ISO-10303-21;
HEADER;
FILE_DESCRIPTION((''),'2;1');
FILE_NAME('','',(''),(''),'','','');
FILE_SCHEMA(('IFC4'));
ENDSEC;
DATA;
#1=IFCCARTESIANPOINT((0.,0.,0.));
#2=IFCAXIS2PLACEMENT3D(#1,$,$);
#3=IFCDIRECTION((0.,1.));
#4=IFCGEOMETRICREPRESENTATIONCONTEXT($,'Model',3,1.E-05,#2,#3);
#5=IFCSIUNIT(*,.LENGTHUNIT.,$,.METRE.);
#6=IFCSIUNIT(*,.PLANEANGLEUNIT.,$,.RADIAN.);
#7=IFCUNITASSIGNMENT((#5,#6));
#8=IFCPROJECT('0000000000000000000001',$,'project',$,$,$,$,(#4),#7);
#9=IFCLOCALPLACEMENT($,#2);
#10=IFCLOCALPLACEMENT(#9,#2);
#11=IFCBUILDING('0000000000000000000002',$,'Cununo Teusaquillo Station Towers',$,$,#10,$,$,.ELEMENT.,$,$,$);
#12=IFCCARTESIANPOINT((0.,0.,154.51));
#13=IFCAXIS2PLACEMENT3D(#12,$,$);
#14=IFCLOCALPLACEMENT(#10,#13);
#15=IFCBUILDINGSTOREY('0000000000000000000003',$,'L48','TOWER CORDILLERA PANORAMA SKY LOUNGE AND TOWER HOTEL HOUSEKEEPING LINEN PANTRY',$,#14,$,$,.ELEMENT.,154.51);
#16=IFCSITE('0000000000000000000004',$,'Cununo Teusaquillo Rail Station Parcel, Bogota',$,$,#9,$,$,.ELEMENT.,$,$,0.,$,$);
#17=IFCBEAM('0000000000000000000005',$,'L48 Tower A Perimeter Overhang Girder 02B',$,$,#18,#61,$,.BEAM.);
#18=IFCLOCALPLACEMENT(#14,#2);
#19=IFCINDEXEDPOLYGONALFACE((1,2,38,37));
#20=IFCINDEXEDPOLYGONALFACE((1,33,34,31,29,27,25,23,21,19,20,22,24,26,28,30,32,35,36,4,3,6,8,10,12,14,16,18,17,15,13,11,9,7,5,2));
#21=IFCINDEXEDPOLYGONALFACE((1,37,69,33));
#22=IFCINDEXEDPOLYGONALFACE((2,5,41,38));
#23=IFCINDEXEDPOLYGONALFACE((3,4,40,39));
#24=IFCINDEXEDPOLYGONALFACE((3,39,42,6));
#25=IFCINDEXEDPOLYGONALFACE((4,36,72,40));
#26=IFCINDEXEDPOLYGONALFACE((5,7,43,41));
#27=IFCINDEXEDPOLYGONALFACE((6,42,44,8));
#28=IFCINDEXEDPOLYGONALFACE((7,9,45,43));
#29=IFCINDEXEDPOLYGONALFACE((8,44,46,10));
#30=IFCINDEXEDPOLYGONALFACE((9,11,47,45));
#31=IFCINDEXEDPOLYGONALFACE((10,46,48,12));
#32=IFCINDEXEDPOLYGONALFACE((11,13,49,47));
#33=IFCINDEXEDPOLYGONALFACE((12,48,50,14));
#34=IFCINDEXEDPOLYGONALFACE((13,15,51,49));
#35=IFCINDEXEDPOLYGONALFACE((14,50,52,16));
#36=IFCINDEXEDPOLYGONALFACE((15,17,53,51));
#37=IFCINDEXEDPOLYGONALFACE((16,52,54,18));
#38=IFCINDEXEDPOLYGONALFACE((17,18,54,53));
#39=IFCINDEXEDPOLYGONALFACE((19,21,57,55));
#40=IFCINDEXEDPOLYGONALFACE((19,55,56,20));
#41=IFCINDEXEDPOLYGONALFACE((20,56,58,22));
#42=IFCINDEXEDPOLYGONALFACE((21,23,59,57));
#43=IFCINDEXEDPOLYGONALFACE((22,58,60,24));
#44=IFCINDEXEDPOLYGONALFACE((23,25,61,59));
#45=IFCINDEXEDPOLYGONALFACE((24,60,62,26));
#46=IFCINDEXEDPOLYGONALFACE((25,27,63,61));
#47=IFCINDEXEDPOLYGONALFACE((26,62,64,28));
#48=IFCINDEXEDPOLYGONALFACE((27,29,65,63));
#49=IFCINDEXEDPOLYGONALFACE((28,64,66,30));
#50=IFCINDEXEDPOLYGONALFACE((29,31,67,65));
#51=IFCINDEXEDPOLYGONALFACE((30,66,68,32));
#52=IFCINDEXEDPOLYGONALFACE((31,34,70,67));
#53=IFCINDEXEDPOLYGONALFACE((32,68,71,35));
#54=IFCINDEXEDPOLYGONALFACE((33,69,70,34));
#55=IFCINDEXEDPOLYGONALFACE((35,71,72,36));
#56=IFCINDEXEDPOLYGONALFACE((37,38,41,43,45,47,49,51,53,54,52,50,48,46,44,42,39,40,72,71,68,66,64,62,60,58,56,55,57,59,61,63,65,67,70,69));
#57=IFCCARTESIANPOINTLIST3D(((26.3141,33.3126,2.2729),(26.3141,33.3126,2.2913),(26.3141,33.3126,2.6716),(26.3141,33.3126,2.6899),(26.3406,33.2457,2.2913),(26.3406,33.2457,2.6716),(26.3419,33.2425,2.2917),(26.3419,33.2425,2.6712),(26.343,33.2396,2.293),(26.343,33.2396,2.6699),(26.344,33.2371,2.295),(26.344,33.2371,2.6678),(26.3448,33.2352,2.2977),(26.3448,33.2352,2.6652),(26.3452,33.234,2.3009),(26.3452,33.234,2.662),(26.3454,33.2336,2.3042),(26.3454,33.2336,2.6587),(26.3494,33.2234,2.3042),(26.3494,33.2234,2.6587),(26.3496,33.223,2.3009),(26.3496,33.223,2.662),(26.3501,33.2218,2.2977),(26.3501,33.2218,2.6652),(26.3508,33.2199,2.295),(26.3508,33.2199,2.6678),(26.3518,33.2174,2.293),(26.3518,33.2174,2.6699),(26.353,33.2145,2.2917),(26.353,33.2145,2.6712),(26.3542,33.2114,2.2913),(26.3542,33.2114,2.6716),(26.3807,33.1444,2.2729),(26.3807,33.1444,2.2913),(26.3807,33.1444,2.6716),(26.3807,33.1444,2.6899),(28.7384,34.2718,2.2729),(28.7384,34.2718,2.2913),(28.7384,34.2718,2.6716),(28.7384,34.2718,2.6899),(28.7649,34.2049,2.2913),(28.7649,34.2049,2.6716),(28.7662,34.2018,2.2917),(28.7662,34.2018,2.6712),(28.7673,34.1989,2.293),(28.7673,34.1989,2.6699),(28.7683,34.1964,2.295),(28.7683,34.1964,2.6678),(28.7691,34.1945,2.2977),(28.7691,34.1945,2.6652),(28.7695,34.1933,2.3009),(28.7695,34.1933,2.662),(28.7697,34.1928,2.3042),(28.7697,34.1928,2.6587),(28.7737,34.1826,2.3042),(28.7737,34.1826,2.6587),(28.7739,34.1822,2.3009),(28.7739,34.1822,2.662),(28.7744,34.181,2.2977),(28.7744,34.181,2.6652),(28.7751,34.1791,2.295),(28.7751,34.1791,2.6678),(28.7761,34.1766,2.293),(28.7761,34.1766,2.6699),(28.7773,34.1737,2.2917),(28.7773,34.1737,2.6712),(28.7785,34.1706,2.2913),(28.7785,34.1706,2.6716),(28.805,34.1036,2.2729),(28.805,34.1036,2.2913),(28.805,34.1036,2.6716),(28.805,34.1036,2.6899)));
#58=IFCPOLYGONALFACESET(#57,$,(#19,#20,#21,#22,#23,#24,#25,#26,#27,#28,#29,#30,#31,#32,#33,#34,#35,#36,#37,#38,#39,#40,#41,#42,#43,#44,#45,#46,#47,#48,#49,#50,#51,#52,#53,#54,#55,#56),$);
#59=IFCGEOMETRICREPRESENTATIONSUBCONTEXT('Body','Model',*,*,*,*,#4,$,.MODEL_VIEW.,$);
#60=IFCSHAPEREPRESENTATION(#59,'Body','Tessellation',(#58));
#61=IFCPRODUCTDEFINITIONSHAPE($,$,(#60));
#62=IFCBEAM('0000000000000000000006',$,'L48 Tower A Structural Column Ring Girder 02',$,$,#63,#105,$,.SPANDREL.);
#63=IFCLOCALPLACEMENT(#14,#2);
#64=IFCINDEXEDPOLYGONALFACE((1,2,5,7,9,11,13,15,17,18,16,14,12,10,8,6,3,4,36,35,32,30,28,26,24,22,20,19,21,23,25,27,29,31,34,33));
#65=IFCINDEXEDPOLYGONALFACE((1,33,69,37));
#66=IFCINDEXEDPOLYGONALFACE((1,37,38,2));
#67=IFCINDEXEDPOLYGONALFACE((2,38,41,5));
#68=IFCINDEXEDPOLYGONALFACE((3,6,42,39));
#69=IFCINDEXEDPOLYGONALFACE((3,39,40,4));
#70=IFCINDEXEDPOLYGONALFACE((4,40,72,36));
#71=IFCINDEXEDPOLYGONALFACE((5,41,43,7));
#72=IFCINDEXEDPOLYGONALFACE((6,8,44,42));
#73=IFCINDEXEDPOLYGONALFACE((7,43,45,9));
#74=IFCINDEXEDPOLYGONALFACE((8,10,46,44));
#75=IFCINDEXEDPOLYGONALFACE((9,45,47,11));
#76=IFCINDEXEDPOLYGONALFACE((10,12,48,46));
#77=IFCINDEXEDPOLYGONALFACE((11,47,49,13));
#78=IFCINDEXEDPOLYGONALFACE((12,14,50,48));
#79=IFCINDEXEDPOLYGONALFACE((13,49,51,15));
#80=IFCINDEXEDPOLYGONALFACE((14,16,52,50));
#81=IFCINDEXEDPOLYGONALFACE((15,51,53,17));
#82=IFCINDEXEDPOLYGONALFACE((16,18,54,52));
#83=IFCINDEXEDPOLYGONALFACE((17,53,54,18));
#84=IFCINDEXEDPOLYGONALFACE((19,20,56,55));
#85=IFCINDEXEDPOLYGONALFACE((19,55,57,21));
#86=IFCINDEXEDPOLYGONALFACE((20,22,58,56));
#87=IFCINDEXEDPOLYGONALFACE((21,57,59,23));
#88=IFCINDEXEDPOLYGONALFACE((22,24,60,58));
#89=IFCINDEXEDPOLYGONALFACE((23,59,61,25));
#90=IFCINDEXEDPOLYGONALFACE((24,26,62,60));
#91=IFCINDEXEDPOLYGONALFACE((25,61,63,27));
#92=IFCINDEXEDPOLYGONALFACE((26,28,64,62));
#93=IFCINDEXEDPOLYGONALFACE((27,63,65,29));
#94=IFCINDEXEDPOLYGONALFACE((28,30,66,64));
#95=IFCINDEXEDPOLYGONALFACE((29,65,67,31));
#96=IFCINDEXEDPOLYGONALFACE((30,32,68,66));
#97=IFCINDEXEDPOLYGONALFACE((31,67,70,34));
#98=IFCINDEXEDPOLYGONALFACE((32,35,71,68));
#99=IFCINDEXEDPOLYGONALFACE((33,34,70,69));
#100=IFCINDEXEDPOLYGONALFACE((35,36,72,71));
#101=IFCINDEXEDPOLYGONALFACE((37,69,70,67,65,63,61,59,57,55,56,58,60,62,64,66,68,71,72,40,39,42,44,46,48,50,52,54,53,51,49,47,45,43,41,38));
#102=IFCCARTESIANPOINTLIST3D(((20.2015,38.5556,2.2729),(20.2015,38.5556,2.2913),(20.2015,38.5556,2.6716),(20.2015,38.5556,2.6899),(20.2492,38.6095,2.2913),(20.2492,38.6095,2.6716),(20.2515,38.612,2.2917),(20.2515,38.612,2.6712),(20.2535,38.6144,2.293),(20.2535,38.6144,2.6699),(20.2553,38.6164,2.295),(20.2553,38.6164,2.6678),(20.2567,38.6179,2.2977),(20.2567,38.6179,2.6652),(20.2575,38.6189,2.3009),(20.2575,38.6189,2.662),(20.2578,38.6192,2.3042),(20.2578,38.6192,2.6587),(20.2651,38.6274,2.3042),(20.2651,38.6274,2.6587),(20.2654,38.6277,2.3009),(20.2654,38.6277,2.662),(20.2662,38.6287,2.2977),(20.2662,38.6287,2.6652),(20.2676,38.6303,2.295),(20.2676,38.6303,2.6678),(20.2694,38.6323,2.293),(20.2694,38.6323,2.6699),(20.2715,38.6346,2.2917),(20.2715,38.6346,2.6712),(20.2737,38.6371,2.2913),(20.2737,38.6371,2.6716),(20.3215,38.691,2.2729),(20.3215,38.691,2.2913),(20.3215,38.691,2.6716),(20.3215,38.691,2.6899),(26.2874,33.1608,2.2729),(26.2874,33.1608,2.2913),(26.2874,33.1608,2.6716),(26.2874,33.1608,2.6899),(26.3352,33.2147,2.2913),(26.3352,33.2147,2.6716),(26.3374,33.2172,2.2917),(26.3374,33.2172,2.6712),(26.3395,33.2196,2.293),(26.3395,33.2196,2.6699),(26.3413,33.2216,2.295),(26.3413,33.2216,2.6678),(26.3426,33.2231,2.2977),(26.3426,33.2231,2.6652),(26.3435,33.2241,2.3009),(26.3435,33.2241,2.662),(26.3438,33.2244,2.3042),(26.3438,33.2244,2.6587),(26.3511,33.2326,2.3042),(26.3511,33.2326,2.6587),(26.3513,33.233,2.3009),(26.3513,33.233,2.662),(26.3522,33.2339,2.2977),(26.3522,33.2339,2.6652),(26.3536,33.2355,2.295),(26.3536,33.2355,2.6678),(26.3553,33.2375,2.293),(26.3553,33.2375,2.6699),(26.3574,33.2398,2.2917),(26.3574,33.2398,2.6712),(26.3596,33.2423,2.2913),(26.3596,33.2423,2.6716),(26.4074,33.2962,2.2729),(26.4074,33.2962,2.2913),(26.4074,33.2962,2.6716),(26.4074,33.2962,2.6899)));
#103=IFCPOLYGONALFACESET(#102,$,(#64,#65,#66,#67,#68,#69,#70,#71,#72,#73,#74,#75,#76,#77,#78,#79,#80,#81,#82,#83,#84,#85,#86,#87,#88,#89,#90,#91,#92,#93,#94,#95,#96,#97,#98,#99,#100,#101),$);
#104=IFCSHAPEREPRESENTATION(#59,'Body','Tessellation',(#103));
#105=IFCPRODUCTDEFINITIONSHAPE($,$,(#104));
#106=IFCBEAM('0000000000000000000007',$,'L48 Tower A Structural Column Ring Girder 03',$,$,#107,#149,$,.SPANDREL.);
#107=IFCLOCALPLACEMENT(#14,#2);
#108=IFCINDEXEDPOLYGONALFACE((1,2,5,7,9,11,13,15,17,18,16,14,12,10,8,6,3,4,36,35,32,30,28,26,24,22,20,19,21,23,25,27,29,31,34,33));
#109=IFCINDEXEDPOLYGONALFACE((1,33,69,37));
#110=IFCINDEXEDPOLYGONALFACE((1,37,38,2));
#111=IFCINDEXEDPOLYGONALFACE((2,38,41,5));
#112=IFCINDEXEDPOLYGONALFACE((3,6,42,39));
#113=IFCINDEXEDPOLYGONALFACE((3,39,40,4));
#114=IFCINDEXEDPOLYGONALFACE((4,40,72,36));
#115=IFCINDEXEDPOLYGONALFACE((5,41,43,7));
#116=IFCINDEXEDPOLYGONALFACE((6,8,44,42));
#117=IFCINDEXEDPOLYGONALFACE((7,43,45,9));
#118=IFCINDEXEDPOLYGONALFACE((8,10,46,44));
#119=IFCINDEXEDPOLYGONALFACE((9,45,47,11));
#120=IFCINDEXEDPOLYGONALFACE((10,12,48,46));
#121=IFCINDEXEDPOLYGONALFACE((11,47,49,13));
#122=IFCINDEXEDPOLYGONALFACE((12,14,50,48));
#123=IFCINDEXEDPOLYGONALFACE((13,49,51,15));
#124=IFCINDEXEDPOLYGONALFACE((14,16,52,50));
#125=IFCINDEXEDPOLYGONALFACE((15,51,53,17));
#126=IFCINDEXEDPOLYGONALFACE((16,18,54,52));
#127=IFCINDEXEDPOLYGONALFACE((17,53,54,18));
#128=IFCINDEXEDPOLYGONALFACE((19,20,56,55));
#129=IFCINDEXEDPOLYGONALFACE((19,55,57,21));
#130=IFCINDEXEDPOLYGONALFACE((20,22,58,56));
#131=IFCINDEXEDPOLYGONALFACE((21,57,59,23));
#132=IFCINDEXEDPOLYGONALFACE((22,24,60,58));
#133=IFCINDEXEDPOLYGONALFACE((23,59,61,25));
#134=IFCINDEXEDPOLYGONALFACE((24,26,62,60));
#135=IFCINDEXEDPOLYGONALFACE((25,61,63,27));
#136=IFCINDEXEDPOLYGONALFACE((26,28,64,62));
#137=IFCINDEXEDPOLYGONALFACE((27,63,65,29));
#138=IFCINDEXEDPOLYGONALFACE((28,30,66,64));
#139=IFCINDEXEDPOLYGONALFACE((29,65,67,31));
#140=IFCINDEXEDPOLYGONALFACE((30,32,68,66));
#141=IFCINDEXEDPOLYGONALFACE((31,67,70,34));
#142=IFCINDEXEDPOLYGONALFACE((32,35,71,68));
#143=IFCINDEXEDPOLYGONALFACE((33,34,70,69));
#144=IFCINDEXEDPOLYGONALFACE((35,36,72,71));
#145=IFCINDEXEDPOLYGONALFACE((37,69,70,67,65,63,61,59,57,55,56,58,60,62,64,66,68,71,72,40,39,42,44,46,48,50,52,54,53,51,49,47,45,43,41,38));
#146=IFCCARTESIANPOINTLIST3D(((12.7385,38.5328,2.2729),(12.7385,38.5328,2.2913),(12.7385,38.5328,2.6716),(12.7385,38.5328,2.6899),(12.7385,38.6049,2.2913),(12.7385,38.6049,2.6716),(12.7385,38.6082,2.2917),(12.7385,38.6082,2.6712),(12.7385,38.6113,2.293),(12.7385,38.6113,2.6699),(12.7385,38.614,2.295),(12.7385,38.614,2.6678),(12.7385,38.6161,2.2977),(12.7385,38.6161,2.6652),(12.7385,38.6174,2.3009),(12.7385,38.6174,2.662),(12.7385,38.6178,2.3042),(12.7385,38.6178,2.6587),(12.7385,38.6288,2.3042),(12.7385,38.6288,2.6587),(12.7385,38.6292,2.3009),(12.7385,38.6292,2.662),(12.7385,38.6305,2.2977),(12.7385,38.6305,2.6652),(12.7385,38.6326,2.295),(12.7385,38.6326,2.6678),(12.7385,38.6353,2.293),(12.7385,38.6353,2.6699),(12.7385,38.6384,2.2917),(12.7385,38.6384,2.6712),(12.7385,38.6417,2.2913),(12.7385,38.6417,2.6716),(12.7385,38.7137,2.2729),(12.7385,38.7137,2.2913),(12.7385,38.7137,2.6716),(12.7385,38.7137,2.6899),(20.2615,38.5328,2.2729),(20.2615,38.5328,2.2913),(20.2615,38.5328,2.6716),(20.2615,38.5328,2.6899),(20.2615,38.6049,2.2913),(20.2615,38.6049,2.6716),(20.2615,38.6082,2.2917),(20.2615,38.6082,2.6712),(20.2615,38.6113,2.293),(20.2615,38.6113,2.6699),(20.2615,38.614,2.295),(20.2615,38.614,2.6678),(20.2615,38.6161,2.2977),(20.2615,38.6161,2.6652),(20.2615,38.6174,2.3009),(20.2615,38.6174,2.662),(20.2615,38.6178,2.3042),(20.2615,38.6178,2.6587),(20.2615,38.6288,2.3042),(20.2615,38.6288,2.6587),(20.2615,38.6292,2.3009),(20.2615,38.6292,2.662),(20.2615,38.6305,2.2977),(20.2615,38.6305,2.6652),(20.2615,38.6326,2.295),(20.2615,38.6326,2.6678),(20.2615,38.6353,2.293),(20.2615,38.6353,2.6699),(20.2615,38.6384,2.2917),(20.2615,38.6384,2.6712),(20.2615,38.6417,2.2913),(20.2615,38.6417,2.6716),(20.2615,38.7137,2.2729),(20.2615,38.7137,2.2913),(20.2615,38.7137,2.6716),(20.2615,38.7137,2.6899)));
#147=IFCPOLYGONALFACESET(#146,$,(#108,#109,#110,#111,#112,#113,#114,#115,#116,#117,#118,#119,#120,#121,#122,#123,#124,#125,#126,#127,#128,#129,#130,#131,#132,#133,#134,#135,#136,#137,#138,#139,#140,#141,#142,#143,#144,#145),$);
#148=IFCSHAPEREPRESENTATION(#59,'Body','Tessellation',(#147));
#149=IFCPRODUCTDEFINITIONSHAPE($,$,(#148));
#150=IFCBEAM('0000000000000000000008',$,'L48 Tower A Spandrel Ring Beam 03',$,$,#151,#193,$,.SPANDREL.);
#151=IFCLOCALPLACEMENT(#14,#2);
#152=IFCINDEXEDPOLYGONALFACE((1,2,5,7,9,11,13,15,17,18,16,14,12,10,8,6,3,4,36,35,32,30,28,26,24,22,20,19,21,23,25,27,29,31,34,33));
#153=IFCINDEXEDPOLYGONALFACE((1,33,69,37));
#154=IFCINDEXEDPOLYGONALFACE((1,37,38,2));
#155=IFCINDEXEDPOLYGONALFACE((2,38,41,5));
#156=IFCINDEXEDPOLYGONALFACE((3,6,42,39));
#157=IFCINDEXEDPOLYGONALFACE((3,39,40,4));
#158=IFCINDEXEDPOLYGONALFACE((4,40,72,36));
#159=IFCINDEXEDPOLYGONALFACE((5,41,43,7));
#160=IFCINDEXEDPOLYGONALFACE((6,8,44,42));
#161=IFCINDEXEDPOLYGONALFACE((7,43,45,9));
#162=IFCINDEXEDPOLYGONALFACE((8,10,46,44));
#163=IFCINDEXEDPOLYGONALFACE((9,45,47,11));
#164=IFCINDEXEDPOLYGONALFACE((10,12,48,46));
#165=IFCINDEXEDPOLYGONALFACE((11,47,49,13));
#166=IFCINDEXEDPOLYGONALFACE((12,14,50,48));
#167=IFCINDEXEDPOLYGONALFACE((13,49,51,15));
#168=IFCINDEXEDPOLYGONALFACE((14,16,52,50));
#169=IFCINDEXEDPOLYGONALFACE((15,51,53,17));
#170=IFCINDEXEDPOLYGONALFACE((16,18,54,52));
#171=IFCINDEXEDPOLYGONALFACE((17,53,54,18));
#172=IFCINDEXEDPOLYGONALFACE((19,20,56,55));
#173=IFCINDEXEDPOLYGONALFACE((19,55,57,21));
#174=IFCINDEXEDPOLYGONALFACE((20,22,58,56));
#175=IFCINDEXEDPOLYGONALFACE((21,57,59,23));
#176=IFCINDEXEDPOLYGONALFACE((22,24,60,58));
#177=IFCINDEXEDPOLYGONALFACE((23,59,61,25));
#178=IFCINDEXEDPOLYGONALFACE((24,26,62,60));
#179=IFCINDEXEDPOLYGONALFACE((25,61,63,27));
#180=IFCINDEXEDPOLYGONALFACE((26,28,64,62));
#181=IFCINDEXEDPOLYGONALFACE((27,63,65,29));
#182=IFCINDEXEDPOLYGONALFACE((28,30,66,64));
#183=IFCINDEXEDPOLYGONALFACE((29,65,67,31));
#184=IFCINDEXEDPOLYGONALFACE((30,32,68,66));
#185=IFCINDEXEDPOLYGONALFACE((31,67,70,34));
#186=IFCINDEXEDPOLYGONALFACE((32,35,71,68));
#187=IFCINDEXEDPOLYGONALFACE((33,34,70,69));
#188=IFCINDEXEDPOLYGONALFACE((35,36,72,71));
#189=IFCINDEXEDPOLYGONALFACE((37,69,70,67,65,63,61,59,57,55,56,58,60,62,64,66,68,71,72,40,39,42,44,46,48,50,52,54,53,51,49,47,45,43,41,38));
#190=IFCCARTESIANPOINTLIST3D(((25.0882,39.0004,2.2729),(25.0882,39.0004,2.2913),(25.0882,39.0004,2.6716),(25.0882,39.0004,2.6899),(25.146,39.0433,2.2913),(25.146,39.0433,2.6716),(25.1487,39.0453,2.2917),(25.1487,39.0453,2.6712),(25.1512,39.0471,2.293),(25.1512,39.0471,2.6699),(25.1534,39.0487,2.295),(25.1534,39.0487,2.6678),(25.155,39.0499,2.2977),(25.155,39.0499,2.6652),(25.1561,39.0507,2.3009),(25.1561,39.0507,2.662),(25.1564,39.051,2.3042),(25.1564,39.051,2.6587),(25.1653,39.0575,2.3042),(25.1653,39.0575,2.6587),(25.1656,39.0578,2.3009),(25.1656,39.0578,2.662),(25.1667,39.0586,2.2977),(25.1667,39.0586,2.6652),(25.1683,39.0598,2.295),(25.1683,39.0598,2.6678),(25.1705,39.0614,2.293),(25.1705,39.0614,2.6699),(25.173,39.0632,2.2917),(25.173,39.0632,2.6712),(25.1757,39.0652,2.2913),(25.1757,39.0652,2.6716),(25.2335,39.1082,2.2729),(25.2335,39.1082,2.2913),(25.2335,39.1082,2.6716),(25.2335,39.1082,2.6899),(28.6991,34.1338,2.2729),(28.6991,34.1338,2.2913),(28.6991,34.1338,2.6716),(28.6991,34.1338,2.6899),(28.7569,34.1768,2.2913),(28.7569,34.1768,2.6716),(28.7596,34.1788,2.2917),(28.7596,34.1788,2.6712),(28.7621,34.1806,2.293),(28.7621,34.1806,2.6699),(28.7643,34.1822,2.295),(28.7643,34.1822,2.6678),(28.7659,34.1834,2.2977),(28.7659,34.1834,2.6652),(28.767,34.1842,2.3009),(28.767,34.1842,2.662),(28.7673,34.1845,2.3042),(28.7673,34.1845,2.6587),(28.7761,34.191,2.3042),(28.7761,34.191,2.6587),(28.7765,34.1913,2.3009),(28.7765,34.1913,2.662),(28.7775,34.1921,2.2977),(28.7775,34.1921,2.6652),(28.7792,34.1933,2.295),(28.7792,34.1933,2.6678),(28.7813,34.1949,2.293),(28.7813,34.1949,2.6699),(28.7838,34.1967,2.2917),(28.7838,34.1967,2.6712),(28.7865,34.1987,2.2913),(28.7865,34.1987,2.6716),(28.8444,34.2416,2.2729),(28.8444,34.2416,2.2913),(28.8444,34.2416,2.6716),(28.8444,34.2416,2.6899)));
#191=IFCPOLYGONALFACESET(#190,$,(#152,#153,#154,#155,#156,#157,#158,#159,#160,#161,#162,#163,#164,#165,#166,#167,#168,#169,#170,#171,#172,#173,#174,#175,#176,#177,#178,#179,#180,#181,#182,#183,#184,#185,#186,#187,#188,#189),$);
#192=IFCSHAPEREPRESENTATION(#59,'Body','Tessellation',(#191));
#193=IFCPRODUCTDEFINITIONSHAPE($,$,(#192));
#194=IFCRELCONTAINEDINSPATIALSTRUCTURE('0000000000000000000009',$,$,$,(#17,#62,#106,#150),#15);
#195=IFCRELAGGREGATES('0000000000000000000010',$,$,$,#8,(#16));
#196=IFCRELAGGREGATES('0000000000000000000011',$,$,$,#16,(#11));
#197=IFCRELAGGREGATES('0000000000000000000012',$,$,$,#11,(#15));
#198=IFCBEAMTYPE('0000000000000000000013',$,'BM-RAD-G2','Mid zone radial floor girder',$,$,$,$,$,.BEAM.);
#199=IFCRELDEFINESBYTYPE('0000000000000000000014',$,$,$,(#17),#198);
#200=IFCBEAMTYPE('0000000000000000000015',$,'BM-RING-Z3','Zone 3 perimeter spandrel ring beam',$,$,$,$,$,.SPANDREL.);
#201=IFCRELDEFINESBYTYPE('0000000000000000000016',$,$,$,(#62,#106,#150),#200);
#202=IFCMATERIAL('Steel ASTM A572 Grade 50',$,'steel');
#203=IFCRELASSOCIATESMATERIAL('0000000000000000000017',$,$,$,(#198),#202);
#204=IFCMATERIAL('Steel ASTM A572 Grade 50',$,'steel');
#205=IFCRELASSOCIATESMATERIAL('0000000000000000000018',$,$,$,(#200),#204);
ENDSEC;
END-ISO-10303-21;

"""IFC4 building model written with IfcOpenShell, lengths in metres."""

from ifc_helpers import new_model, si_unit, direction, frame, origin, origin_2d, place, context, subcontext, project, spatial, i_section, extrude, material, material_profile, profile_set, type_object, element, save


model = new_model("IFC4")

# Units and contexts
model_context = context("Model", 3, precision=1e-05, world=origin(), true_north=direction((0.0, 1.0)))
body_context = subcontext(model_context, "Body", "Model", "MODEL_VIEW")
ifc_project = project(units=[si_unit("LENGTHUNIT", "METRE"), si_unit("PLANEANGLEUNIT", "RADIAN")], contexts=[model_context])

# Site, building, storey
site_placement = place(None, origin())
site = spatial("IfcSite", under=ifc_project, at=site_placement, Name="Cununo Teusaquillo Rail Station Parcel, Bogota", CompositionType="ELEMENT", RefElevation=0.0)
building_placement = place(site_placement, origin())
building = spatial("IfcBuilding", under=site, at=building_placement, Name="Cununo Teusaquillo Station Towers", CompositionType="ELEMENT")
storey_placement = place(building_placement, frame((0.0, 0.0, 154.51)))
storey = spatial("IfcBuildingStorey", under=building, at=storey_placement, Name="L48", Description="TOWER CORDILLERA PANORAMA SKY LOUNGE AND TOWER HOTEL HOUSEKEEPING LINEN PANTRY", CompositionType="ELEMENT", Elevation=154.51)

# Beams
ifc_material_1 = material(Name="Steel ASTM A572 Grade 50", Category="steel")
ifc_material_profile_1 = material_profile(ifc_material_1, i_section(OverallWidth=0.1809, OverallDepth=0.417, WebThickness=0.011, FlangeThickness=0.0183, FilletRadius=0.0129, at=origin_2d()), Name="W16X57")
ifc_profile_set_1 = profile_set([ifc_material_profile_1], Name="Steel ASTM A572 Grade 50")
beam_type_1 = type_object("IfcBeamType", Name="BM-RAD-G2", Description="Mid zone radial floor girder", PredefinedType="BEAM", material=ifc_profile_set_1)
beam_1_placement = place(storey_placement, frame((26.3474, 33.2285, 2.4814), z_axis=(0.929859, 0.367917, 0.0), x_axis=(-0.367917, 0.929859, 0.0)))
element("IfcBeam", 1, at=beam_1_placement, inside=storey, type_object=beam_type_1, Name="L48 Tower A Perimeter Overhang Girder 02B", PredefinedType="BEAM", context=body_context, shape_type="SweptSolid", body=[
    extrude(i_section(OverallWidth=0.1809, OverallDepth=0.417, WebThickness=0.011, FlangeThickness=0.0183, FilletRadius=0.0129, at=origin_2d()), origin(), (0.0, 0.0, 1.0), 2.6072),
])
ifc_material_2 = material(Name="Steel ASTM A572 Grade 50", Category="steel")
ifc_material_profile_2 = material_profile(ifc_material_2, i_section(OverallWidth=0.1809, OverallDepth=0.417, WebThickness=0.011, FlangeThickness=0.0183, FilletRadius=0.0129, at=origin_2d()), Name="W16X57")
ifc_profile_set_2 = profile_set([ifc_material_profile_2], Name="Steel ASTM A572 Grade 50")
beam_type_2 = type_object("IfcBeamType", Name="BM-RING-Z3", Description="Zone 3 perimeter spandrel ring beam", PredefinedType="SPANDREL", material=ifc_profile_set_2)
beam_2_placement = place(storey_placement, frame((26.3474, 33.2285, 2.4814), z_axis=(-0.748321, 0.663337, 0.0), x_axis=(-0.663337, -0.748321, 0.0)))
element("IfcBeam", 2, at=beam_2_placement, inside=storey, type_object=beam_type_2, Name="L48 Tower A Structural Column Ring Girder 02", PredefinedType="SPANDREL", context=body_context, shape_type="SweptSolid", body=[
    extrude(i_section(OverallWidth=0.1809, OverallDepth=0.417, WebThickness=0.011, FlangeThickness=0.0183, FilletRadius=0.0129, at=origin_2d()), origin(), (0.0, 0.0, 1.0), 8.1328),
])
beam_3_placement = place(storey_placement, frame((20.2615, 38.6233, 2.4814), z_axis=(-1.0, 0.0, 0.0), x_axis=(0.0, -1.0, 0.0)))
element("IfcBeam", 3, at=beam_3_placement, inside=storey, type_object=beam_type_2, Name="L48 Tower A Structural Column Ring Girder 03", PredefinedType="SPANDREL", context=body_context, shape_type="SweptSolid", body=[
    extrude(i_section(OverallWidth=0.1809, OverallDepth=0.417, WebThickness=0.011, FlangeThickness=0.0183, FilletRadius=0.0129, at=origin_2d()), origin(), (0.0, 0.0, 1.0), 7.5229),
])
beam_4_placement = place(storey_placement, frame((28.7717, 34.1877, 2.4814), z_axis=(-0.595873, 0.803079, 0.0), x_axis=(-0.803079, -0.595873, 0.0)))
element("IfcBeam", 4, at=beam_4_placement, inside=storey, type_object=beam_type_2, Name="L48 Tower A Spandrel Ring Beam 03", PredefinedType="SPANDREL", context=body_context, shape_type="SweptSolid", body=[
    extrude(i_section(OverallWidth=0.1809, OverallDepth=0.417, WebThickness=0.011, FlangeThickness=0.0183, FilletRadius=0.0129, at=origin_2d()), origin(), (0.0, 0.0, 1.0), 6.0598),
])

save(model, "model.ifc")
